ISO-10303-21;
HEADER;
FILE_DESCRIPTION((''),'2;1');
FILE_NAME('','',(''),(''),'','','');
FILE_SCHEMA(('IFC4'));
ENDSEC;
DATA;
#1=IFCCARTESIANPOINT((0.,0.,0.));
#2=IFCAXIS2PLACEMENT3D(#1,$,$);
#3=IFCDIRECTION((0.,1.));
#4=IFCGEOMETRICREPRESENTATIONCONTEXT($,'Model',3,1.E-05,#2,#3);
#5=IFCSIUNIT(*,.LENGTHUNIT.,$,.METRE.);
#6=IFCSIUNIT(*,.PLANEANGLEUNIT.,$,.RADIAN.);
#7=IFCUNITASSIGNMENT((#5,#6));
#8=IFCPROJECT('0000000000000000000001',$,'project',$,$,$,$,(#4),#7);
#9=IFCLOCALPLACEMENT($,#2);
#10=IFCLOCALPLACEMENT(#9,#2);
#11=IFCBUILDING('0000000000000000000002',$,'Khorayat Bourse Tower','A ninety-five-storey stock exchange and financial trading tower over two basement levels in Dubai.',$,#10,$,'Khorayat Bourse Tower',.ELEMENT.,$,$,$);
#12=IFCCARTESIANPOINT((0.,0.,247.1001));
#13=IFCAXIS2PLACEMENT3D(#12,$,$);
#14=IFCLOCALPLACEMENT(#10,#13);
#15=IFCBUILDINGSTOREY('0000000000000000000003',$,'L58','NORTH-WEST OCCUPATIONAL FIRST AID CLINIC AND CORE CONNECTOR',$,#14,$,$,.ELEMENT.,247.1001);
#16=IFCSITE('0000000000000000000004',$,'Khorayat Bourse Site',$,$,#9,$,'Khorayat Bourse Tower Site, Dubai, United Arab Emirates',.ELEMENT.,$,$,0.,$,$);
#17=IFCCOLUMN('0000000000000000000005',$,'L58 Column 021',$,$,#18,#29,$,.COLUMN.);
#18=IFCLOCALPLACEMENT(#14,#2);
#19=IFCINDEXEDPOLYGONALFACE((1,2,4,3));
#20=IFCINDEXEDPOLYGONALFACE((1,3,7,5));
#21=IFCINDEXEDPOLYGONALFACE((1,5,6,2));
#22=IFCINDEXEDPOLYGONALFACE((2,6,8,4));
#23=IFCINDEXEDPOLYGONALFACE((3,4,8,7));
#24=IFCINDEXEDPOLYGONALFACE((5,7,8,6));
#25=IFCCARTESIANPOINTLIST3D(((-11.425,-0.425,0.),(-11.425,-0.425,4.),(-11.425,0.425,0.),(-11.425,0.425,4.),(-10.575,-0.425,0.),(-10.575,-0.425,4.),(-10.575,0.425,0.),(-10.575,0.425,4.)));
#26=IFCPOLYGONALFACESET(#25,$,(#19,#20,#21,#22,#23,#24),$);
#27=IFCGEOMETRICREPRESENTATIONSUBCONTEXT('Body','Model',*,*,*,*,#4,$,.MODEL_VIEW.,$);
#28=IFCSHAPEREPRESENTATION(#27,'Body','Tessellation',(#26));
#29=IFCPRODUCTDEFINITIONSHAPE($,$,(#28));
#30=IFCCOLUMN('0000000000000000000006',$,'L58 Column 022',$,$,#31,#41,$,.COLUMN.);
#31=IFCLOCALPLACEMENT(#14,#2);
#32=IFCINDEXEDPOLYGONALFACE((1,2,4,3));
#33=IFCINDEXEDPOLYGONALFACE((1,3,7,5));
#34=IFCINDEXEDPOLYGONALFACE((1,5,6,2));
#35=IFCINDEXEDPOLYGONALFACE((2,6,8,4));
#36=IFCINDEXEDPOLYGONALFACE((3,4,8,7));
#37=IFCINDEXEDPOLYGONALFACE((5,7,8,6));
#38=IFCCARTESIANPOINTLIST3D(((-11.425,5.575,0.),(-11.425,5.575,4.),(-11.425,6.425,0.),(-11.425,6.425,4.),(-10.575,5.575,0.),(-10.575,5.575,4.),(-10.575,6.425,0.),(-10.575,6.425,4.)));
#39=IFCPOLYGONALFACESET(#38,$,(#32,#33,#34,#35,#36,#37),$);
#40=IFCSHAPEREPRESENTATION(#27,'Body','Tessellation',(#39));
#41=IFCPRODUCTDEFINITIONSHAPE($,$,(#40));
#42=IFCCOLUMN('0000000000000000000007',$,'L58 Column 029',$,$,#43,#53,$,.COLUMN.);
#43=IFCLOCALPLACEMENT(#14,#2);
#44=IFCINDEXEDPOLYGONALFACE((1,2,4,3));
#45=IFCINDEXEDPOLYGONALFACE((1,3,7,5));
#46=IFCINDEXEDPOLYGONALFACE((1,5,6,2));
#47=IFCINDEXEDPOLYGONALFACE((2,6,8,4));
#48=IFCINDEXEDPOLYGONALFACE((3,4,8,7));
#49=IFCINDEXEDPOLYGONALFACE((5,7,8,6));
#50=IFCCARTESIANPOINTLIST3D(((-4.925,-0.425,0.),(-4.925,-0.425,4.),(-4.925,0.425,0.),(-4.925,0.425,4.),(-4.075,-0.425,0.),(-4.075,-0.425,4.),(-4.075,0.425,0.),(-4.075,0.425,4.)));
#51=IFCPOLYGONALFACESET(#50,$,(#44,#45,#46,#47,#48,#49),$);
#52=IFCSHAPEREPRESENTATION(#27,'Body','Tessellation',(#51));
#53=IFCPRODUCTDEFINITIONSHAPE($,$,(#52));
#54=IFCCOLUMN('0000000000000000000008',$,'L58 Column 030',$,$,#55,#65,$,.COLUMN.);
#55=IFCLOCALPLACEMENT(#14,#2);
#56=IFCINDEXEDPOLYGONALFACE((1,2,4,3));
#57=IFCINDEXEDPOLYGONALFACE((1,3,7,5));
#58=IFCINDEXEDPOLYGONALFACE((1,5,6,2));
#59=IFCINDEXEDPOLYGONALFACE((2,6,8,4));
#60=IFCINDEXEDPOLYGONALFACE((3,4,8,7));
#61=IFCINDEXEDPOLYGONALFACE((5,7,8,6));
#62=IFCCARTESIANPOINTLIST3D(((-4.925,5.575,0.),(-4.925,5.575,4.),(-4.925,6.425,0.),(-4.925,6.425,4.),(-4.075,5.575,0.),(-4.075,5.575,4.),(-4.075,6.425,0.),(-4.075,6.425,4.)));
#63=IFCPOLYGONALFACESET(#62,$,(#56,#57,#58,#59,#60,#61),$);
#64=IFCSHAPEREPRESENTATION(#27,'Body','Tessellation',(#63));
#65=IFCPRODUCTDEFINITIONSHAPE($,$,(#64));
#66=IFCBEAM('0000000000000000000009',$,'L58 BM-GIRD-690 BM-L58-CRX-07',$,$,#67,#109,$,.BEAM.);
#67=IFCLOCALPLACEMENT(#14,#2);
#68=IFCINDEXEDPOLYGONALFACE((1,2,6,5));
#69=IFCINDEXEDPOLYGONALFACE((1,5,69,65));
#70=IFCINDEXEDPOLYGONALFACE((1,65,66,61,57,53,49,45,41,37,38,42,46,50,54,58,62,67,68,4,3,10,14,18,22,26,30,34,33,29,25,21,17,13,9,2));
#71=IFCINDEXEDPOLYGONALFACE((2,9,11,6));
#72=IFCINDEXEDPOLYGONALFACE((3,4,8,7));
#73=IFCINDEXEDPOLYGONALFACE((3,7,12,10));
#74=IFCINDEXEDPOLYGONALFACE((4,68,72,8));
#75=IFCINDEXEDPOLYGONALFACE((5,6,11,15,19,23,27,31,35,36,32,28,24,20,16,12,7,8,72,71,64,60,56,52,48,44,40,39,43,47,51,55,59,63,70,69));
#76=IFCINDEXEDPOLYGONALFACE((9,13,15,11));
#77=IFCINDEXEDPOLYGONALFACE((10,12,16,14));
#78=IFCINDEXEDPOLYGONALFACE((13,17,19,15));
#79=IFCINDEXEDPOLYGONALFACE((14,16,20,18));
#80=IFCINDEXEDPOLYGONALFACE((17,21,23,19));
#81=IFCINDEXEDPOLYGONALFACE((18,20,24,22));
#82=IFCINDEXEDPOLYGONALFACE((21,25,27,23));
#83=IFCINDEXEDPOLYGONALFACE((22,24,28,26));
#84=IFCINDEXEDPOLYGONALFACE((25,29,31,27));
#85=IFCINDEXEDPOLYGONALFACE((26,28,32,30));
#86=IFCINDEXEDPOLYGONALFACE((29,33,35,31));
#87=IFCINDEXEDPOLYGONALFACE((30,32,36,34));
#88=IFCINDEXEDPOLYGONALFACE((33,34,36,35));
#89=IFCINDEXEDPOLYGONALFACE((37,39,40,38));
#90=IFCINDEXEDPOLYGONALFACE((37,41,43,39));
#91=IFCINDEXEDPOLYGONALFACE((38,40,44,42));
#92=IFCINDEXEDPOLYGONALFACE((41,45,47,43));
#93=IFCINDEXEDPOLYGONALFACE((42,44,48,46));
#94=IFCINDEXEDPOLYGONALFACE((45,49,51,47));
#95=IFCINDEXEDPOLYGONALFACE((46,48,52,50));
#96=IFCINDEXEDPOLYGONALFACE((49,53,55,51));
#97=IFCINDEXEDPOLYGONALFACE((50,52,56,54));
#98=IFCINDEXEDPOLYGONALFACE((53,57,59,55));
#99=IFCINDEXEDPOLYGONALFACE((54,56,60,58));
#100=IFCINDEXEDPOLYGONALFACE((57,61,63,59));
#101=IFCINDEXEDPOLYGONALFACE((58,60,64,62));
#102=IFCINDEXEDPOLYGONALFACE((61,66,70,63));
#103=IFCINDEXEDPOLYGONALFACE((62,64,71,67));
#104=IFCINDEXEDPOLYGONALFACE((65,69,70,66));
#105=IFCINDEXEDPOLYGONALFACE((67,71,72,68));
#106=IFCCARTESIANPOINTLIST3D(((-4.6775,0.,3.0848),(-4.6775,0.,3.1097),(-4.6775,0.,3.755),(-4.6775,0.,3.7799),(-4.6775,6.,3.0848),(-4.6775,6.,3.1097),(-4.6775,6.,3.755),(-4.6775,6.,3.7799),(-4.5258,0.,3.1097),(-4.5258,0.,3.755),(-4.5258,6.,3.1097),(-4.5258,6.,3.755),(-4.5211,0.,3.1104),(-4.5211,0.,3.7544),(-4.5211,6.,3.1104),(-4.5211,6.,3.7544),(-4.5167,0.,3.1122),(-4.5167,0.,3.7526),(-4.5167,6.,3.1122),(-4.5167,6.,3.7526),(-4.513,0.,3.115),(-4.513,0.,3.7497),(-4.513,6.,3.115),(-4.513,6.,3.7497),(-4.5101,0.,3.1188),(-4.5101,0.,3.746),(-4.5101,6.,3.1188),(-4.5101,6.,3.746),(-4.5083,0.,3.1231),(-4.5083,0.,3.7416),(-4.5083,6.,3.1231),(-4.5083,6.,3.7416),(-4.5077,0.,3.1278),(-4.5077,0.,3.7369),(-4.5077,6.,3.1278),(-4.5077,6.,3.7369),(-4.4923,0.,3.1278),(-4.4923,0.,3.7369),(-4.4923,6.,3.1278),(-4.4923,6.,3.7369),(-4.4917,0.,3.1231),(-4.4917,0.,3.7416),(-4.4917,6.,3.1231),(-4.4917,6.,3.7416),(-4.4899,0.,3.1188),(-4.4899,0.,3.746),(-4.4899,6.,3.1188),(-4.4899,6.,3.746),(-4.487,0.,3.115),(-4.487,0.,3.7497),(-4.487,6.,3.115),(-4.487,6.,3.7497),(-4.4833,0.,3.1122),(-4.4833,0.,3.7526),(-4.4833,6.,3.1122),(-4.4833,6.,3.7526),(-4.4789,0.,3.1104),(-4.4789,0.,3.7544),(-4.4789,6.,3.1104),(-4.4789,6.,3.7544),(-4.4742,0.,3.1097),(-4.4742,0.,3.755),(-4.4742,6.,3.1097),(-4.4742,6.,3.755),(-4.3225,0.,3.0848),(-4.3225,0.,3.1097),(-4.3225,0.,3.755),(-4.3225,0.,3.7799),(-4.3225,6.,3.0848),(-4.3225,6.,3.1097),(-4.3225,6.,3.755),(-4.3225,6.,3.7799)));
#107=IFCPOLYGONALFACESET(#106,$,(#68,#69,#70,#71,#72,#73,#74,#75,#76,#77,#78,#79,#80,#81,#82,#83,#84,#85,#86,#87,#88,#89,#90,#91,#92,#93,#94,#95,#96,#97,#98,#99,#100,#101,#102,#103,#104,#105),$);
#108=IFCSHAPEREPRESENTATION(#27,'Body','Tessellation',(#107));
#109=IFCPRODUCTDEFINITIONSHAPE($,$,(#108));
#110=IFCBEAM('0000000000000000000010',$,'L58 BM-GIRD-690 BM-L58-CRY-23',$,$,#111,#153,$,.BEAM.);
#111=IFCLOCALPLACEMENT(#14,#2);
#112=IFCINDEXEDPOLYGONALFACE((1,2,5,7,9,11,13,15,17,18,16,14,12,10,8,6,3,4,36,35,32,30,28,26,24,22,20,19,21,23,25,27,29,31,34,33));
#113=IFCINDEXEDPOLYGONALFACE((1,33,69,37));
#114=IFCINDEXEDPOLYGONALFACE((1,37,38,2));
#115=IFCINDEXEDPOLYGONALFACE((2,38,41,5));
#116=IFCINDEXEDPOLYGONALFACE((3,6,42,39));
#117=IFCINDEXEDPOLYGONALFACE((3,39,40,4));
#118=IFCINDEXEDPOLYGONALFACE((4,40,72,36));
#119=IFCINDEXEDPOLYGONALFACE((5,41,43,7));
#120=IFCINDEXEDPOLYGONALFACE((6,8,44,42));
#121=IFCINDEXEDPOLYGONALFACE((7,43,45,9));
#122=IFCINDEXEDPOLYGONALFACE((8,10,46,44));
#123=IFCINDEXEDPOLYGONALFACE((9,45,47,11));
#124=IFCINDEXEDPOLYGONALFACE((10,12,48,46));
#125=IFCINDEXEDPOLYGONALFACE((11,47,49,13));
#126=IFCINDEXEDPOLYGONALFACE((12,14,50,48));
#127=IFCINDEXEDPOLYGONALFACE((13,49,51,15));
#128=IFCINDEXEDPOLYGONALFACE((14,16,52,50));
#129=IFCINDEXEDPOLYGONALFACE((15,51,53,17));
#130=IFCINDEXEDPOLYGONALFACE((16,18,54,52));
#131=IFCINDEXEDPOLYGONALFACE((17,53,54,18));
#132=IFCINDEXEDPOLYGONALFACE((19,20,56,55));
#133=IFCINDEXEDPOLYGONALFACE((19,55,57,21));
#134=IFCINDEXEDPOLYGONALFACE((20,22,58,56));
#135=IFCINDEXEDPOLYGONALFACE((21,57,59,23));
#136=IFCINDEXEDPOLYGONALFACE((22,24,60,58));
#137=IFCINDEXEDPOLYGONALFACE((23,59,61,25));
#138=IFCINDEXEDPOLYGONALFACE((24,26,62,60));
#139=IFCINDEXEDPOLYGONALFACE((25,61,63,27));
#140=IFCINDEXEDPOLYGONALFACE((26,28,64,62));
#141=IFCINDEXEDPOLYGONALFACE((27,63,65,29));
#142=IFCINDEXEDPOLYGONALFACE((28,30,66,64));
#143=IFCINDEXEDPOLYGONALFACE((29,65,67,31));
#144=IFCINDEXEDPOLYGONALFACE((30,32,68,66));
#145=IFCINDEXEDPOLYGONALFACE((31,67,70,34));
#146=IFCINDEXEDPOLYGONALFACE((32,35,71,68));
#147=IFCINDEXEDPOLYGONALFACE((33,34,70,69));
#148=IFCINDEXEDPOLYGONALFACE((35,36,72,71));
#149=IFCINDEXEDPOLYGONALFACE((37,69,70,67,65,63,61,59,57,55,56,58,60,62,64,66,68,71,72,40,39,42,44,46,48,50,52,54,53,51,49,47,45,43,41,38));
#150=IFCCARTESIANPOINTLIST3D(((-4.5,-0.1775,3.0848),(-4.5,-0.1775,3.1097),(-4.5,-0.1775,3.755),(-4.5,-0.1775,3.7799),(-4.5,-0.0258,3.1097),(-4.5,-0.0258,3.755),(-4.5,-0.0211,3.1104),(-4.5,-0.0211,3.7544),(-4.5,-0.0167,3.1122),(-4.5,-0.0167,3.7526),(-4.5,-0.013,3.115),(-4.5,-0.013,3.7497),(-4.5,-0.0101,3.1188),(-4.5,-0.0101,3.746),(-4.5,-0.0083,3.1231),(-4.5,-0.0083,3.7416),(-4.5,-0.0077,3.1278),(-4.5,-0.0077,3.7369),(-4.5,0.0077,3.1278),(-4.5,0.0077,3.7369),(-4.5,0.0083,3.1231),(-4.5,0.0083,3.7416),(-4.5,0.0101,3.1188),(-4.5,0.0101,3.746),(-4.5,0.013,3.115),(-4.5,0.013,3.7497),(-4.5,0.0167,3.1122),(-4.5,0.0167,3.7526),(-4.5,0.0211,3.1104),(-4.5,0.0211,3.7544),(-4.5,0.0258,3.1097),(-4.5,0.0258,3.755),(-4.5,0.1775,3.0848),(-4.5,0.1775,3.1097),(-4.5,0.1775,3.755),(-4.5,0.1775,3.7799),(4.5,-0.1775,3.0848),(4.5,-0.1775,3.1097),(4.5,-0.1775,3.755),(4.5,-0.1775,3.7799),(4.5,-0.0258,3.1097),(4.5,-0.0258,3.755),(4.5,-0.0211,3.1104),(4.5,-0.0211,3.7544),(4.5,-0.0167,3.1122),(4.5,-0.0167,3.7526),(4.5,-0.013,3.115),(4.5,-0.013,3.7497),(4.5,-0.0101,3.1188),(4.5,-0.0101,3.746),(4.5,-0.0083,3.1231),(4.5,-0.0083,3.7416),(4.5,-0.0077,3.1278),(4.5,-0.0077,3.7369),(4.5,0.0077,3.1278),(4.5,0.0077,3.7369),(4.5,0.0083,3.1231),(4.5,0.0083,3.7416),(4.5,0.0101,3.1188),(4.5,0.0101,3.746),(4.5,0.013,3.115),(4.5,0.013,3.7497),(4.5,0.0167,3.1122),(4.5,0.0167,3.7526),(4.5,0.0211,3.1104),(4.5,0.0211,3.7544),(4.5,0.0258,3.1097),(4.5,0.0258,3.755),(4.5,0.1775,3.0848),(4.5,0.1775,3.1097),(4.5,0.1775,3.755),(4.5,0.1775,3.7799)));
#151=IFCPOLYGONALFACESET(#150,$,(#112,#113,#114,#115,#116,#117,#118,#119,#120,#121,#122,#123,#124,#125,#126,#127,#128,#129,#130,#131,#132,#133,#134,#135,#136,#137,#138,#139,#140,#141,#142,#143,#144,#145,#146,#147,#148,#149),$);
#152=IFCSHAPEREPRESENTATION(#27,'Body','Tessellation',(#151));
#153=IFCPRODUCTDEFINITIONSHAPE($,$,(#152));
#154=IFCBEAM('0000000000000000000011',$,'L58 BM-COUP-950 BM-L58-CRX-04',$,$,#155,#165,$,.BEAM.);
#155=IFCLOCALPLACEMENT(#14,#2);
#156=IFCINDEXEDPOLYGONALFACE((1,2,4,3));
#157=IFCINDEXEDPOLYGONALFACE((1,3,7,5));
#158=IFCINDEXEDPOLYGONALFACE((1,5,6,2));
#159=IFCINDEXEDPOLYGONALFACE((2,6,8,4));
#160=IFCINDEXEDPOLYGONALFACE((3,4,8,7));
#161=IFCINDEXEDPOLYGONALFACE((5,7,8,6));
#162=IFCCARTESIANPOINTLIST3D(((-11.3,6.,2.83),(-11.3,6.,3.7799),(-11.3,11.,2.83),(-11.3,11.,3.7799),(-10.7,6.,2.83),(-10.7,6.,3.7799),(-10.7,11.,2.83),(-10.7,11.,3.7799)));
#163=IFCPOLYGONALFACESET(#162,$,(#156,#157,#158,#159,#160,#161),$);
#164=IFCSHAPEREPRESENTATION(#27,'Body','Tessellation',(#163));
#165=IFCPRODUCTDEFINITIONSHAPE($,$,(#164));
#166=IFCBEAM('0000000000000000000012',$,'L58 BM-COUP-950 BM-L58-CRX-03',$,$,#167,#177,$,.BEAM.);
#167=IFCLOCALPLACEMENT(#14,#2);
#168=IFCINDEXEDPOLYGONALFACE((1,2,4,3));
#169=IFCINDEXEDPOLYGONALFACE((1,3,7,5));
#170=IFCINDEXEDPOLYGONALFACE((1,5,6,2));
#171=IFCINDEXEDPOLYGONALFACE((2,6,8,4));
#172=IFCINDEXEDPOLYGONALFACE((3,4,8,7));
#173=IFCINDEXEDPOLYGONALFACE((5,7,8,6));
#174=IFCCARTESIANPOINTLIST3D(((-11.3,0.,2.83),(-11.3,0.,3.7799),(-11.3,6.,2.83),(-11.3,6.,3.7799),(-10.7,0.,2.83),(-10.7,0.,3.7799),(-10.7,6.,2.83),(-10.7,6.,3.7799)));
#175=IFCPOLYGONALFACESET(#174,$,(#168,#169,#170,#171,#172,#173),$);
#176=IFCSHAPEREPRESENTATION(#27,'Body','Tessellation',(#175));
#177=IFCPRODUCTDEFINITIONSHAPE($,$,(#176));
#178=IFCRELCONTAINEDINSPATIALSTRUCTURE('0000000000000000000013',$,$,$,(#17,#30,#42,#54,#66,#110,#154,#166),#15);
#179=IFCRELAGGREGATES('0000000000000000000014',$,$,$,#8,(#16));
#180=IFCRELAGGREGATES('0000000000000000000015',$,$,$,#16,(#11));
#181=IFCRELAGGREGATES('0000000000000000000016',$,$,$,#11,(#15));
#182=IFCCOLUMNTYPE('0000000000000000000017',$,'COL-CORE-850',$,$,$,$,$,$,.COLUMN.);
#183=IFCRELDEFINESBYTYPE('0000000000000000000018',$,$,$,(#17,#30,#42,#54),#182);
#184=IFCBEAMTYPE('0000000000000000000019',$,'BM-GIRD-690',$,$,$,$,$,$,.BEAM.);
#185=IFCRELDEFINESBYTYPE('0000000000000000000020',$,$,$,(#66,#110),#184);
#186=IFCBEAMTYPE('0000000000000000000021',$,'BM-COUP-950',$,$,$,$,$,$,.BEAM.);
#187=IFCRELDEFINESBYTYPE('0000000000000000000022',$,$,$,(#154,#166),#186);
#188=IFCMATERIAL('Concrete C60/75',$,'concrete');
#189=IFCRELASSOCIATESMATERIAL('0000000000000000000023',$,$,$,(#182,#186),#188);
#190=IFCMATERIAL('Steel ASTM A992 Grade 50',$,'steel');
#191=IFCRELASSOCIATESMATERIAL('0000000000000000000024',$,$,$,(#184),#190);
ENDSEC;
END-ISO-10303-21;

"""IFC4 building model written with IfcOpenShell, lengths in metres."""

from ifc_helpers import new_model, si_unit, direction, frame, origin, origin_2d, place, context, subcontext, project, spatial, rectangle, i_section, extrude, source, transform, mapped, material, material_profile, profile_set, type_object, element, save


model = new_model("IFC4")

# Units and contexts
model_context = context("Model", 3, precision=1e-05, world=origin(), true_north=direction((0.0, 1.0)))
body_context = subcontext(model_context, "Body", "Model", "MODEL_VIEW")
ifc_project = project(units=[si_unit("LENGTHUNIT", "METRE"), si_unit("PLANEANGLEUNIT", "RADIAN")], contexts=[model_context])

# Site, building, storey
site_placement = place(None, origin())
site = spatial("IfcSite", under=ifc_project, at=site_placement, Name="Khorayat Bourse Site", LongName="Khorayat Bourse Tower Site, Dubai, United Arab Emirates", CompositionType="ELEMENT", RefElevation=0.0)
building_placement = place(site_placement, origin())
building = spatial("IfcBuilding", under=site, at=building_placement, Name="Khorayat Bourse Tower", Description="A ninety-five-storey stock exchange and financial trading tower over two basement levels in Dubai.", LongName="Khorayat Bourse Tower", CompositionType="ELEMENT")
storey_placement = place(building_placement, frame((0.0, 0.0, 247.1001)))
storey = spatial("IfcBuildingStorey", under=building, at=storey_placement, Name="L58", Description="NORTH-WEST OCCUPATIONAL FIRST AID CLINIC AND CORE CONNECTOR", CompositionType="ELEMENT", Elevation=247.1001)

# Columns
ifc_material_1 = material(Name="Concrete C60/75", Category="concrete")
ifc_material_profile_1 = material_profile(ifc_material_1, rectangle(XDim=0.8501, YDim=0.8501, at=origin_2d()), Name="RC 850x850")
ifc_profile_set_1 = profile_set([ifc_material_profile_1], Name="Concrete C60/75")
column_type = type_object("IfcColumnType", Name="COL-CORE-850", PredefinedType="COLUMN", material=ifc_profile_set_1)
shared_shape_1 = source(origin(), body_context, "Body", "SweptSolid", [
    extrude(rectangle(XDim=0.8501, YDim=0.8501, at=origin_2d()), origin(), (0.0, 0.0, 1.0), 4.0),
])
for number, where, z_axis, x_axis, name in (
    (1, (-11.0, 0.0, 0.0), (0.0, 0.0, 1.0), (1.0, 0.0, 0.0), "L58 Column 021"),
    (2, (-11.0, 6.0, 0.0), (0.0, 0.0, 1.0), (1.0, 0.0, 0.0), "L58 Column 022"),
    (3, (-4.5, 0.0, 0.0), (0.0, 0.0, 1.0), (1.0, 0.0, 0.0), "L58 Column 029"),
    (4, (-4.5, 6.0, 0.0), (0.0, 0.0, 1.0), (1.0, 0.0, 0.0), "L58 Column 030"),
):
    element("IfcColumn", number, at=place(storey_placement, frame(where, z_axis=z_axis, x_axis=x_axis)), inside=storey, type_object=column_type, Name=name, PredefinedType="COLUMN", context=body_context, shape_type="MappedRepresentation", body=[
        mapped(shared_shape_1, transform((0.0, 0.0, 0.0), scale=1.0)),
    ])

# Beams
ifc_material_2 = material(Name="Steel ASTM A992 Grade 50", Category="steel")
ifc_material_profile_2 = material_profile(ifc_material_2, i_section(OverallWidth=0.355, OverallDepth=0.6951, WebThickness=0.0154, FlangeThickness=0.0249, FilletRadius=0.0181, at=origin_2d()), Name="W690X217")
ifc_profile_set_2 = profile_set([ifc_material_profile_2], Name="Steel ASTM A992 Grade 50")
beam_type_1 = type_object("IfcBeamType", Name="BM-GIRD-690", PredefinedType="BEAM", material=ifc_profile_set_2)
shared_shape_2 = source(origin(), body_context, "Body", "SweptSolid", [
    extrude(i_section(OverallWidth=0.355, OverallDepth=0.6951, WebThickness=0.0154, FlangeThickness=0.0249, FilletRadius=0.0181, at=origin_2d()), origin(), (0.0, 0.0, 1.0), 6.0),
])
beam_1_placement = place(storey_placement, frame((-4.5, 0.0, 3.4324), z_axis=(0.0, 1.0, 0.0), x_axis=(-1.0, 0.0, 0.0)))
element("IfcBeam", 5, at=beam_1_placement, inside=storey, type_object=beam_type_1, Name="L58 BM-GIRD-690 BM-L58-CRX-07", PredefinedType="BEAM", context=body_context, shape_type="MappedRepresentation", body=[
    mapped(shared_shape_2, transform((0.0, 0.0, 0.0), scale=1.0)),
])
shared_shape_3 = source(origin(), body_context, "Body", "SweptSolid", [
    extrude(i_section(OverallWidth=0.355, OverallDepth=0.6951, WebThickness=0.0154, FlangeThickness=0.0249, FilletRadius=0.0181, at=origin_2d()), origin(), (0.0, 0.0, 1.0), 9.0),
])
beam_2_placement = place(storey_placement, frame((-4.5, 0.0, 3.4324), z_axis=(1.0, 0.0, 0.0), x_axis=(0.0, 1.0, 0.0)))
element("IfcBeam", 6, at=beam_2_placement, inside=storey, type_object=beam_type_1, Name="L58 BM-GIRD-690 BM-L58-CRY-23", PredefinedType="BEAM", context=body_context, shape_type="MappedRepresentation", body=[
    mapped(shared_shape_3, transform((0.0, 0.0, 0.0), scale=1.0)),
])
ifc_material_profile_3 = material_profile(ifc_material_1, rectangle(XDim=0.6001, YDim=0.95, at=origin_2d()), Name="RC 600x950")
ifc_profile_set_3 = profile_set([ifc_material_profile_3], Name="Concrete C60/75")
beam_type_2 = type_object("IfcBeamType", Name="BM-COUP-950", PredefinedType="BEAM", material=ifc_profile_set_3)
shared_shape_4 = source(origin(), body_context, "Body", "SweptSolid", [
    extrude(rectangle(XDim=0.6001, YDim=0.95, at=origin_2d()), origin(), (0.0, 0.0, 1.0), 5.0),
])
beam_3_placement = place(storey_placement, frame((-11.0, 6.0, 3.3049), z_axis=(0.0, 1.0, 0.0), x_axis=(-1.0, 0.0, 0.0)))
element("IfcBeam", 7, at=beam_3_placement, inside=storey, type_object=beam_type_2, Name="L58 BM-COUP-950 BM-L58-CRX-04", PredefinedType="BEAM", context=body_context, shape_type="MappedRepresentation", body=[
    mapped(shared_shape_4, transform((0.0, 0.0, 0.0), scale=1.0)),
])
shared_shape_5 = source(origin(), body_context, "Body", "SweptSolid", [
    extrude(rectangle(XDim=0.6001, YDim=0.95, at=origin_2d()), origin(), (0.0, 0.0, 1.0), 6.0),
])
beam_4_placement = place(storey_placement, frame((-11.0, 0.0, 3.3049), z_axis=(0.0, 1.0, 0.0), x_axis=(-1.0, 0.0, 0.0)))
element("IfcBeam", 8, at=beam_4_placement, inside=storey, type_object=beam_type_2, Name="L58 BM-COUP-950 BM-L58-CRX-03", PredefinedType="BEAM", context=body_context, shape_type="MappedRepresentation", body=[
    mapped(shared_shape_5, transform((0.0, 0.0, 0.0), scale=1.0)),
])

save(model, "model.ifc")
